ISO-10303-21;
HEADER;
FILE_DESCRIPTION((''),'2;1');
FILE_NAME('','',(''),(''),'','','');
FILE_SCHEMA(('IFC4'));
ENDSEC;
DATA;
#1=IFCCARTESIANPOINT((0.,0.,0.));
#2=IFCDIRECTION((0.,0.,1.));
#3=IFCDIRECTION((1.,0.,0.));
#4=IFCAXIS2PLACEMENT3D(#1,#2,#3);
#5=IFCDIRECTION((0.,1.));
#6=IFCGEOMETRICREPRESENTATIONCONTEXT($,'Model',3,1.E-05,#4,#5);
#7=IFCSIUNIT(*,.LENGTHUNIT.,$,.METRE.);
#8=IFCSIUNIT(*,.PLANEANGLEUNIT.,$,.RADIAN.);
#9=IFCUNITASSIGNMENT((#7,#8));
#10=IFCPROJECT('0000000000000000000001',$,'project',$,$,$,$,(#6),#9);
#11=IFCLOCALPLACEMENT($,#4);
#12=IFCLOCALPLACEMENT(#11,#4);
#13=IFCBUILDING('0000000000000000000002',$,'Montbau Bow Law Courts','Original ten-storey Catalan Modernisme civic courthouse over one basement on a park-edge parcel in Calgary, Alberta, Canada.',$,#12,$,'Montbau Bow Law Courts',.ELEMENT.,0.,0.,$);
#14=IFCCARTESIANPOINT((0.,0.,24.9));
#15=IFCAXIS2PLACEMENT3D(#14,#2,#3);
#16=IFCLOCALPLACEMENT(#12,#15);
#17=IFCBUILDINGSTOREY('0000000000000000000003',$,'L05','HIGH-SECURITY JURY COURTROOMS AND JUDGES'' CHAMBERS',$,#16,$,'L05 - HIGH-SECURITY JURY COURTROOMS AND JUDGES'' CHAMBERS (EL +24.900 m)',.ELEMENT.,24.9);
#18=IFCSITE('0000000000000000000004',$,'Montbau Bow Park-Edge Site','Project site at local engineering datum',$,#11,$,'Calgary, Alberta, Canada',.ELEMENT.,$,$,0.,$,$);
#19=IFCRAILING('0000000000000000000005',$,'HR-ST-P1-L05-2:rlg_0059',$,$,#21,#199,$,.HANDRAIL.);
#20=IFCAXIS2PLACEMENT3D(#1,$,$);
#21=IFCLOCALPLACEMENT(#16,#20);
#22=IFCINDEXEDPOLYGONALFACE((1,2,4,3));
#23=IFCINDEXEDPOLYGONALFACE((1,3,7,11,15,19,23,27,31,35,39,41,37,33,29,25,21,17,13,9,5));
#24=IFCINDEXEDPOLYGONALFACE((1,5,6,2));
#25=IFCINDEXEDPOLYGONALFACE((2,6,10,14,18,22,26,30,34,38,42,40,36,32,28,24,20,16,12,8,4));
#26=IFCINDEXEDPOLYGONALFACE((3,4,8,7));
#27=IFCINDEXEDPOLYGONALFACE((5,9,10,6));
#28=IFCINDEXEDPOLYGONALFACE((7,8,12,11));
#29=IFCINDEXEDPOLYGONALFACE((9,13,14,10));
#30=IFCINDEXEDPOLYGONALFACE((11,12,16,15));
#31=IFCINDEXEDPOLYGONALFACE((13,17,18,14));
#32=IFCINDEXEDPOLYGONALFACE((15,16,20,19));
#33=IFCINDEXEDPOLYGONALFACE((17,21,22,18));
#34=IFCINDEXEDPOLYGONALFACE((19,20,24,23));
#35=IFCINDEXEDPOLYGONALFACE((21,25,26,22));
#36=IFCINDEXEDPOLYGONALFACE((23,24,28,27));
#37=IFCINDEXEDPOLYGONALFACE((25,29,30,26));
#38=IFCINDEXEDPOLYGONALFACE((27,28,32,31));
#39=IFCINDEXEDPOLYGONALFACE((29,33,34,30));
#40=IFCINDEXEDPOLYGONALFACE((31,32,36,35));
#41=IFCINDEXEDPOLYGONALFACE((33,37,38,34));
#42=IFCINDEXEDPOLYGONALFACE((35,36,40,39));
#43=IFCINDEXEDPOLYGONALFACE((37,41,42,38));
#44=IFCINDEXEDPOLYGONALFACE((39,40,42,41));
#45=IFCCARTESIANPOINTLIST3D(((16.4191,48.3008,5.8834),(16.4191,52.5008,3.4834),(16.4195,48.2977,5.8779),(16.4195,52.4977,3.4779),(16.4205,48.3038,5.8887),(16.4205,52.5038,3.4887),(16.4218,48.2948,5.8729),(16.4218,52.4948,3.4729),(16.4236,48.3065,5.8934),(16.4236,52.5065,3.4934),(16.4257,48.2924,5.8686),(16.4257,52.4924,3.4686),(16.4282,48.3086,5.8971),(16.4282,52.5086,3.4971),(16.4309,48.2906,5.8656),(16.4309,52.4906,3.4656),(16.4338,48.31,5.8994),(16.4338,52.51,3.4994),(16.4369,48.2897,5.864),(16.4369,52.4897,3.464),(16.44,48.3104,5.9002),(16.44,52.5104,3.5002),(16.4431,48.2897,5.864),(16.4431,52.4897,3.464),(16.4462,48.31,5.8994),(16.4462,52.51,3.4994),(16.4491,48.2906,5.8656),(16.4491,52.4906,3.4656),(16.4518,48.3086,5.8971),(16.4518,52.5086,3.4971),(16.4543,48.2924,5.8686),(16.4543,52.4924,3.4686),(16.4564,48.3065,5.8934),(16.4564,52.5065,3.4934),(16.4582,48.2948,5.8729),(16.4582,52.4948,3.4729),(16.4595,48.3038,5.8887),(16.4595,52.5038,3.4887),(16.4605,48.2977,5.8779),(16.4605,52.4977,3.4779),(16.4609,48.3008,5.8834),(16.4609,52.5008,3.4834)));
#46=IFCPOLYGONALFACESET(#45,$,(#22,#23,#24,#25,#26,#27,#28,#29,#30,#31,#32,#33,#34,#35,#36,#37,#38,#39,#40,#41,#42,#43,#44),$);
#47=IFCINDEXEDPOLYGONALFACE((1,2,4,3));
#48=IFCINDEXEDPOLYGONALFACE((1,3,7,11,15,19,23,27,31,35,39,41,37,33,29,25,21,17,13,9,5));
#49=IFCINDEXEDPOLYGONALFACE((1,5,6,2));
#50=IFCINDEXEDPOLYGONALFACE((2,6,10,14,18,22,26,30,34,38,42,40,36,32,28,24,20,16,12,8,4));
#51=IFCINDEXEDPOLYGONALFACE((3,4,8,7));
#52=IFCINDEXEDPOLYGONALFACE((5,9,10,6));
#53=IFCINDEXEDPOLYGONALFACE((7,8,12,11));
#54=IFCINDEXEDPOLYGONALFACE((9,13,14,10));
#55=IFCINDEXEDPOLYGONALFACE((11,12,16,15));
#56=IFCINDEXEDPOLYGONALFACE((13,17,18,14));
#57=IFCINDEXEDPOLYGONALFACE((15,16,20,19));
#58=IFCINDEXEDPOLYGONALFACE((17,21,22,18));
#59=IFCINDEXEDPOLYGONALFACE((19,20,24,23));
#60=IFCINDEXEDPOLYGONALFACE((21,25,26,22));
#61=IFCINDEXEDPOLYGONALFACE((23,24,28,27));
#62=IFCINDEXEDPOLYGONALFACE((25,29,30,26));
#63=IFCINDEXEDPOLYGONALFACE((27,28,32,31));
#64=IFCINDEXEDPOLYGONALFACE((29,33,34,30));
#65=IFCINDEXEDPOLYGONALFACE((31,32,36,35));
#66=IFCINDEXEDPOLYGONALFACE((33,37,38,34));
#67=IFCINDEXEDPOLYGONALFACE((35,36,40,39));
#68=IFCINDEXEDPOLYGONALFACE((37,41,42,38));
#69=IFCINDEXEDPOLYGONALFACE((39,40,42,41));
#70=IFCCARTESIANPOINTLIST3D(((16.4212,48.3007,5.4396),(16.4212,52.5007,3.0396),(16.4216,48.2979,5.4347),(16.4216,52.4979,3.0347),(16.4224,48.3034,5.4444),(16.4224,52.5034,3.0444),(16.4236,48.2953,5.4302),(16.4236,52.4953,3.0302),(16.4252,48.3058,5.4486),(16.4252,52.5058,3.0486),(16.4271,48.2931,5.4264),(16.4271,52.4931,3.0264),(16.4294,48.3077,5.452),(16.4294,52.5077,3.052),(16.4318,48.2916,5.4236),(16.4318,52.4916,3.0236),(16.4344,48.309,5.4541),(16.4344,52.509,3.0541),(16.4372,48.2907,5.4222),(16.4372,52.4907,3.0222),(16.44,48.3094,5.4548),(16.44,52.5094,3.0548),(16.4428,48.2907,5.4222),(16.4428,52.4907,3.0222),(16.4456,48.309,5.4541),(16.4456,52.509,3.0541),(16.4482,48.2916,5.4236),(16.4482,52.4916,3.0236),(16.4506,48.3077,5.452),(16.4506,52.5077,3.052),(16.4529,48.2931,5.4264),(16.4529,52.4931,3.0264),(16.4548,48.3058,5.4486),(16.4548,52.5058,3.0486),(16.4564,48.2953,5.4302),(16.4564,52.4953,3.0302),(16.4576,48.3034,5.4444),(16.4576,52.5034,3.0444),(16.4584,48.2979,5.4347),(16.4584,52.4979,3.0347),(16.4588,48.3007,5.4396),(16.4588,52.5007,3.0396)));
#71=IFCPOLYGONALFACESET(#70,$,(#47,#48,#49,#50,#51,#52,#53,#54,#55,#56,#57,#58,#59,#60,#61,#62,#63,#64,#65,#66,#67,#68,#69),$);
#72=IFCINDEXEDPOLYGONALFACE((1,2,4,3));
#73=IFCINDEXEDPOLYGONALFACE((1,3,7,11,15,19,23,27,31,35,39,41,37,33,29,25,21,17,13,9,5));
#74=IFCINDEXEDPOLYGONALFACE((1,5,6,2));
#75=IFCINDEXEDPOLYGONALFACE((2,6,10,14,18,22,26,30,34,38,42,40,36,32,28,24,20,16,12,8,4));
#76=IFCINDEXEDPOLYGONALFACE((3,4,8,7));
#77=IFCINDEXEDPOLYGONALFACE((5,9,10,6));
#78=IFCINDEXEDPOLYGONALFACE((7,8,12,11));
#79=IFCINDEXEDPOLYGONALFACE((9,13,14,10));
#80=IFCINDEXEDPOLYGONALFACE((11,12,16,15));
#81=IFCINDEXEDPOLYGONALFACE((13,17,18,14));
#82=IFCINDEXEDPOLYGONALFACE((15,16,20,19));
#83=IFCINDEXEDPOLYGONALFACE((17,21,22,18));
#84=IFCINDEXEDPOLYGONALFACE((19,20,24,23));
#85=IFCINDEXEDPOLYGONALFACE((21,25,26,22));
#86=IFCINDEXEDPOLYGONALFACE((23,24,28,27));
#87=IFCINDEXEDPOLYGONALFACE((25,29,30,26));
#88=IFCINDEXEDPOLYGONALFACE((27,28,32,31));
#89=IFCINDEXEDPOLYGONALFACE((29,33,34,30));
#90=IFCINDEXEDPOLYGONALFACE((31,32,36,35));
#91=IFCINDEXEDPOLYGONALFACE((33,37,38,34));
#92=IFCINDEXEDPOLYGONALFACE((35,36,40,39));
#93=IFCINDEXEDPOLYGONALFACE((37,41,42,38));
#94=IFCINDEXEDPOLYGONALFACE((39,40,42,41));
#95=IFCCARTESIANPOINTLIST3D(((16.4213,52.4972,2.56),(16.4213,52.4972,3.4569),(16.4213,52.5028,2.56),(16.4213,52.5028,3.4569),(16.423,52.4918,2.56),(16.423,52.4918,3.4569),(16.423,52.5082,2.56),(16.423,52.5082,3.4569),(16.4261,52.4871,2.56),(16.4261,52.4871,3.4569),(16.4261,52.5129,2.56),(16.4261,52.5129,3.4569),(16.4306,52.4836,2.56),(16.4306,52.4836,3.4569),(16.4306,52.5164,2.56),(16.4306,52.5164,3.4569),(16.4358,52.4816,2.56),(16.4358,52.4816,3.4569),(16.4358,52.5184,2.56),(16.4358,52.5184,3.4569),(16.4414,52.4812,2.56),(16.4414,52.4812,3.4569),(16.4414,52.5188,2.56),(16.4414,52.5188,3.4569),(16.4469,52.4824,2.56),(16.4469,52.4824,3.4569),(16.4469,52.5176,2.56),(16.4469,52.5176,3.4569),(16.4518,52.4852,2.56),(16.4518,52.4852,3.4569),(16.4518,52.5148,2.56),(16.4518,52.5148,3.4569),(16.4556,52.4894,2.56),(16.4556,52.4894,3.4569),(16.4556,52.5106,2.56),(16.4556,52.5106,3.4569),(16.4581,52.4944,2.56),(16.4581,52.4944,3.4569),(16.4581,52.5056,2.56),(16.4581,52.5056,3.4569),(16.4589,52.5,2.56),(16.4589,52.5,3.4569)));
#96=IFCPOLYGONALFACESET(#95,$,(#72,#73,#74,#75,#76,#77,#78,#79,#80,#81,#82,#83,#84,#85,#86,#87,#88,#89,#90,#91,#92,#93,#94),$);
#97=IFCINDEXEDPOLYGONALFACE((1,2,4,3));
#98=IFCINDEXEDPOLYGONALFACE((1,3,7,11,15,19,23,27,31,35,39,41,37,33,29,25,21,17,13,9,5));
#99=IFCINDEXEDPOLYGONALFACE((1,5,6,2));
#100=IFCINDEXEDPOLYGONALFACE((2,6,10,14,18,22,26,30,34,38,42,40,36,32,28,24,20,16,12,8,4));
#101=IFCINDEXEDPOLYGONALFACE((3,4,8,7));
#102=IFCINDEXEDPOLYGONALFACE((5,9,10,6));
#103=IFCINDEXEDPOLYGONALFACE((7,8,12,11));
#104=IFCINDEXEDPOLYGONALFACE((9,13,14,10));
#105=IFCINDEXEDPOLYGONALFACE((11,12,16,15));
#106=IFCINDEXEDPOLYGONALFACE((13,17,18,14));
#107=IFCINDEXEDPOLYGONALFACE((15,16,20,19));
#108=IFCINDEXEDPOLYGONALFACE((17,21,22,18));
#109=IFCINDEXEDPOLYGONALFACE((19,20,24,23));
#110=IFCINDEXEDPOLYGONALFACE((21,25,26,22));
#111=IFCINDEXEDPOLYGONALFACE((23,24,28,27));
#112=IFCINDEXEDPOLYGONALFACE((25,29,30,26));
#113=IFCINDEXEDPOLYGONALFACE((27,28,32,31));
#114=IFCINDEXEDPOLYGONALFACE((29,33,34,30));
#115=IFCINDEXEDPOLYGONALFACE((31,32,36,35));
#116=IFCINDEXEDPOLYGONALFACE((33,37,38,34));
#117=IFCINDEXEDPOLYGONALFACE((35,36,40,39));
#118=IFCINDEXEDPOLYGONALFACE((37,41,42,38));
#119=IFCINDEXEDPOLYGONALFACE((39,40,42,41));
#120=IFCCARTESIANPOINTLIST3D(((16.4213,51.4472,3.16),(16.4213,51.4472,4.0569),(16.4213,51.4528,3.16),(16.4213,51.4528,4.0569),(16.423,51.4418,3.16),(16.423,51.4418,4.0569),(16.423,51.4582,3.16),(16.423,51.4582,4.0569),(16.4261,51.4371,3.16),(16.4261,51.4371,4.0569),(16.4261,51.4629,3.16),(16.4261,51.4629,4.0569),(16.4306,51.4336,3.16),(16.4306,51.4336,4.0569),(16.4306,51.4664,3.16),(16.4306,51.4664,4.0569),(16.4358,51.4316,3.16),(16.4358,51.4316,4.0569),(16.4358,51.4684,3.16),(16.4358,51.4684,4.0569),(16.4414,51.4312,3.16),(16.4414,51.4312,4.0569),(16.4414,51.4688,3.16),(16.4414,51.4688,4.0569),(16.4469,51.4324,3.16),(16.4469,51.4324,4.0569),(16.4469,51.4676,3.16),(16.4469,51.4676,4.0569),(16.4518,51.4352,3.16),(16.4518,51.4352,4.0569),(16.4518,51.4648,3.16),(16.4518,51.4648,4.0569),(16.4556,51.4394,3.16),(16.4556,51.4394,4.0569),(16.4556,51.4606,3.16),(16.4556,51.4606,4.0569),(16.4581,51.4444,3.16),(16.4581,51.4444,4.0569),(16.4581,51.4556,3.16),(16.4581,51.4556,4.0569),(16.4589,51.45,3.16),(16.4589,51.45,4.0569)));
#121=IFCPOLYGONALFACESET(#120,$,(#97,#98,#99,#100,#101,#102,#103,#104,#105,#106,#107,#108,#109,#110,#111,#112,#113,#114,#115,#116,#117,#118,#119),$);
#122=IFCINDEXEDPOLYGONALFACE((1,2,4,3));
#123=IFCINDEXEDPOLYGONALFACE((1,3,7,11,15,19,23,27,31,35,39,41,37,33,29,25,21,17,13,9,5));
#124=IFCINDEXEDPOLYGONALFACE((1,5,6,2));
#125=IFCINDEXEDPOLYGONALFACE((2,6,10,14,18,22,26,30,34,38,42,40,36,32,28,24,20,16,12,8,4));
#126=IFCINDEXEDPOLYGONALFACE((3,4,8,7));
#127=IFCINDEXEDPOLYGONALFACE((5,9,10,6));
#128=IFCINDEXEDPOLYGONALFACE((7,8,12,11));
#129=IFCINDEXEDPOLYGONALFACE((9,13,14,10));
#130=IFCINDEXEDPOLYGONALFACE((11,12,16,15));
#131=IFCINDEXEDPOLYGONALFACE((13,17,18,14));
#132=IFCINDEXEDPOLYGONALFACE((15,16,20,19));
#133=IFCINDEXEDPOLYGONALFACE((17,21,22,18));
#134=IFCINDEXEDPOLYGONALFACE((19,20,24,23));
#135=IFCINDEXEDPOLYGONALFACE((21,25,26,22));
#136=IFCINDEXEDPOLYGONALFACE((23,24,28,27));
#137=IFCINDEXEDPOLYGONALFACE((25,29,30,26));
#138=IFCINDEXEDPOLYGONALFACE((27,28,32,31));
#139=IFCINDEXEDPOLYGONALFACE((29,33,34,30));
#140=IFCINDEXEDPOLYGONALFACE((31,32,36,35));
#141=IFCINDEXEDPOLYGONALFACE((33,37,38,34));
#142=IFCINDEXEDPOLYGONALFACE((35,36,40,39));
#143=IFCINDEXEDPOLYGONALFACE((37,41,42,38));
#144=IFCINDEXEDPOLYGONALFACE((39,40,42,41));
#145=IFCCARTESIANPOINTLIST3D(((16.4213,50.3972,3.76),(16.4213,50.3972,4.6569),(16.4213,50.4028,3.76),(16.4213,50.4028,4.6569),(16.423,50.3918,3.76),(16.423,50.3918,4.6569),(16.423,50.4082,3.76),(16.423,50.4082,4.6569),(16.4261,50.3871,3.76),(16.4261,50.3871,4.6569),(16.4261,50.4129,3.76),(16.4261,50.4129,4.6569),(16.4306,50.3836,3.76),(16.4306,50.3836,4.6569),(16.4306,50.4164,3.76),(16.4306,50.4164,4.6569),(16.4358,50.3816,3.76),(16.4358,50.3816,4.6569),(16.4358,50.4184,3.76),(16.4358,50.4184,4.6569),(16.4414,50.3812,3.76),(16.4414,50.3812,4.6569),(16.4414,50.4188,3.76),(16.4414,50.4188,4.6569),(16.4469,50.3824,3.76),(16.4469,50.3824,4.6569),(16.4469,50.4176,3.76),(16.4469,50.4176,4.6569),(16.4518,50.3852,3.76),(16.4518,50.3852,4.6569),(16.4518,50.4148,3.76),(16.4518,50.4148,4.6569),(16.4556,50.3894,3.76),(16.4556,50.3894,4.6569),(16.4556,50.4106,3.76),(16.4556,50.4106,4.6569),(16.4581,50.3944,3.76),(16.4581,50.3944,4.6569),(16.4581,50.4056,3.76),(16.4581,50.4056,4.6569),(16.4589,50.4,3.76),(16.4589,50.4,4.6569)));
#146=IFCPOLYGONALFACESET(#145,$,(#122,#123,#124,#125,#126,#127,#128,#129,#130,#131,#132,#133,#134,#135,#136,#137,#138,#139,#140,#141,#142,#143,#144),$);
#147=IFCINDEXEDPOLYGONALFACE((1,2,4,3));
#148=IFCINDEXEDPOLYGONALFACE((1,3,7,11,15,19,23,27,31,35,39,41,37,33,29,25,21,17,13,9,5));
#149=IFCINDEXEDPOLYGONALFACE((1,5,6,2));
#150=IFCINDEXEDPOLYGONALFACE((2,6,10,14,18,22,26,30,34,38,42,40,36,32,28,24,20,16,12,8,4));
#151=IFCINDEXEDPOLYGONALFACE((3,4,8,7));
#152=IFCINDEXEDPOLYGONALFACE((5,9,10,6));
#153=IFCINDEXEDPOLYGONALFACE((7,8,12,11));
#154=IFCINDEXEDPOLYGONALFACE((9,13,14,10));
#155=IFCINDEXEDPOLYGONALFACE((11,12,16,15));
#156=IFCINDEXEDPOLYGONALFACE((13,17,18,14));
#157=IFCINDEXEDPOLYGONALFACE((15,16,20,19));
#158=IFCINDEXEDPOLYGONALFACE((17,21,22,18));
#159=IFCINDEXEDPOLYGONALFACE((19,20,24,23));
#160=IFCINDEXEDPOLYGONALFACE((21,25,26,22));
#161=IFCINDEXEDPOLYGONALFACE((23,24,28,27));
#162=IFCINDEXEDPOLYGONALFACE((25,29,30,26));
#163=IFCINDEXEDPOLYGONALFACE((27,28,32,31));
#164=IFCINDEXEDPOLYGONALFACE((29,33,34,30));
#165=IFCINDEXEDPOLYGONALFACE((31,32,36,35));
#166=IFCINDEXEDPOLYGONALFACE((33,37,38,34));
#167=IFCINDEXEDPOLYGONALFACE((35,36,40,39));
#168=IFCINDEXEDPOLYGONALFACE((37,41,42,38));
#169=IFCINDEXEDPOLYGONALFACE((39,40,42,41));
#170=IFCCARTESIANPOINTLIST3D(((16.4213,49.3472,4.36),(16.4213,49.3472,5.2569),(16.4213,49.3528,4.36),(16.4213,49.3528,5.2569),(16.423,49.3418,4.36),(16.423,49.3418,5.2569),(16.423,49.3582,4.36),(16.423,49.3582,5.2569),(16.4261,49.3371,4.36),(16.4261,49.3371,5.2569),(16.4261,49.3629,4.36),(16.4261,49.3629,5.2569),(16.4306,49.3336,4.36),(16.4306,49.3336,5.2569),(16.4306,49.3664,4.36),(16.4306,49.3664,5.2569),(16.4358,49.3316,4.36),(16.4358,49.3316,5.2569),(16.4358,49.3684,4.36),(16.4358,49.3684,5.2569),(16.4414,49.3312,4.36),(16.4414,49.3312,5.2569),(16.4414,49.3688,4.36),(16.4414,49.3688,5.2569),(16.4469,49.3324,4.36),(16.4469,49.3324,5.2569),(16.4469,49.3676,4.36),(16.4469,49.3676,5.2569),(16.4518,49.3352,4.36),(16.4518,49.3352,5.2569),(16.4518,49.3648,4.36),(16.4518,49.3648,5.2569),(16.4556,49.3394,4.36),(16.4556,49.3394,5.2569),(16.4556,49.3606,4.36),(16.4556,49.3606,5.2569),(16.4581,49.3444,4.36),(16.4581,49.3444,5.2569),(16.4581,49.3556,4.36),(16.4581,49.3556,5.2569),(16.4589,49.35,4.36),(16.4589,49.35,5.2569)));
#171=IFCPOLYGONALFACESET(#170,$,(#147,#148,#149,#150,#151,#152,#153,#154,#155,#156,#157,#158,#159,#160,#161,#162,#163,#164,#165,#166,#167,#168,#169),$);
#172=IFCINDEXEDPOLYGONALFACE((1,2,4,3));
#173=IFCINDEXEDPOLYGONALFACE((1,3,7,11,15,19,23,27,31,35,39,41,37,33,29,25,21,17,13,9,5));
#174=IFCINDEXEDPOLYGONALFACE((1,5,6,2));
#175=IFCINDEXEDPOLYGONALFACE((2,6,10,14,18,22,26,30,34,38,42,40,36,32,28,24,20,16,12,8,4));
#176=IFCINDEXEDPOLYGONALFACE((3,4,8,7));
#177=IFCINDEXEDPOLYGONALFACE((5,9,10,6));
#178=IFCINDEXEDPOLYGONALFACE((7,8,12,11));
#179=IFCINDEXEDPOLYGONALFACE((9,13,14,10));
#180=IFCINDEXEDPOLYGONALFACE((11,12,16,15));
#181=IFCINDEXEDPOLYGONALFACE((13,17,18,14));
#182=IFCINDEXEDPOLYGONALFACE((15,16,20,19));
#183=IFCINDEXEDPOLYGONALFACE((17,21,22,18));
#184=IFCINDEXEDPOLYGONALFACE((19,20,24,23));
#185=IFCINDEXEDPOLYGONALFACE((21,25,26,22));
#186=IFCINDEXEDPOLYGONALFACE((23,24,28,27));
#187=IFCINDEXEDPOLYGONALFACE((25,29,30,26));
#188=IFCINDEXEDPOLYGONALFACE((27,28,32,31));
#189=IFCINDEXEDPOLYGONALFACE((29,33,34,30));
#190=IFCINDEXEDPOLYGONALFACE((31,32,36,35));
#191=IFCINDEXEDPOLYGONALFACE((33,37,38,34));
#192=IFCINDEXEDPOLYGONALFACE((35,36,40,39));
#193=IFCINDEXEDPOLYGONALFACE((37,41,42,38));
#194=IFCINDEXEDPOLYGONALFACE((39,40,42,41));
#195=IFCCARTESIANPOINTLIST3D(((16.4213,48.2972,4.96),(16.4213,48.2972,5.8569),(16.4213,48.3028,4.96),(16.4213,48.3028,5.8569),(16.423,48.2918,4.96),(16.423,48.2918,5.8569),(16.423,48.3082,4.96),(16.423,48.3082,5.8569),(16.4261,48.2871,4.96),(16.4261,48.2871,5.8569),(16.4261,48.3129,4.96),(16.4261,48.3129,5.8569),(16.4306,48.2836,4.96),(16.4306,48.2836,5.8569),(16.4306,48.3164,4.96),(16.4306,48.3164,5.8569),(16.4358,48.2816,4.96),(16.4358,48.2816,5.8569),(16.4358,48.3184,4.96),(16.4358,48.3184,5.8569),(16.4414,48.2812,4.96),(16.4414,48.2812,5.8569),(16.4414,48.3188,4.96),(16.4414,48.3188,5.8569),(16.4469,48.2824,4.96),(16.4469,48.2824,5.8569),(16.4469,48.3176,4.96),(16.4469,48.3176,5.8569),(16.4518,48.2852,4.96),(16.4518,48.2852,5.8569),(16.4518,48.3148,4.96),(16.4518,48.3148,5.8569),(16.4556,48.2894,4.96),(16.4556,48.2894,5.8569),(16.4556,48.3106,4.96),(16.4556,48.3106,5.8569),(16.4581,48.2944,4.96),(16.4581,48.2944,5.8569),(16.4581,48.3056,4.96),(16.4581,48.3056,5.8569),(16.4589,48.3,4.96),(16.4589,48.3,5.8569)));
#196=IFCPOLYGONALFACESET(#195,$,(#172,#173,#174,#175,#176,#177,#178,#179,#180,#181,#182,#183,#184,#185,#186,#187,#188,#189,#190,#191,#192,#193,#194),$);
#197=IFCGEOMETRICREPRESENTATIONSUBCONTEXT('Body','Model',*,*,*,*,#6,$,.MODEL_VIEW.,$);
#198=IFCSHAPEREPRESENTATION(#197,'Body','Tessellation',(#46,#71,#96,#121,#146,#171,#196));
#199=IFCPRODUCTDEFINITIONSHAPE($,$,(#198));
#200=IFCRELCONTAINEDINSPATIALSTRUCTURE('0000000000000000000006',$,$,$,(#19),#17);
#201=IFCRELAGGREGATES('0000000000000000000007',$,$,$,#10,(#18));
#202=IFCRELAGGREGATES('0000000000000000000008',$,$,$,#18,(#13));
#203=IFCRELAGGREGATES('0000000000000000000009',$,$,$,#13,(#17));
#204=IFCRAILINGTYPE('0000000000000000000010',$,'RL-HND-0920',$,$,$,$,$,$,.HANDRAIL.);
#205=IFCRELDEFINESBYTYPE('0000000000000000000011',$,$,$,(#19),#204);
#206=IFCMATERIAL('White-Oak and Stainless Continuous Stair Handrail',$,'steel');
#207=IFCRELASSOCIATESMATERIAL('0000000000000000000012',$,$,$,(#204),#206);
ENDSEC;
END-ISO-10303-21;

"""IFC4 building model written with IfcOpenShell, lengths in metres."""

from ifc_helpers import new_model, si_unit, direction, frame, origin_with_axes, origin_2d_with_axis, place, context, subcontext, project, spatial, circle, extrude, material, type_object, element, save


model = new_model("IFC4")

# Units and contexts
model_context = context("Model", 3, precision=1e-05, world=origin_with_axes(), true_north=direction((0.0, 1.0)))
body_context = subcontext(model_context, "Body", "Model", "MODEL_VIEW")
ifc_project = project(units=[si_unit("LENGTHUNIT", "METRE"), si_unit("PLANEANGLEUNIT", "RADIAN")], contexts=[model_context])

# Site, building, storey
site_placement = place(None, origin_with_axes())
site = spatial("IfcSite", under=ifc_project, at=site_placement, Name="Montbau Bow Park-Edge Site", Description="Project site at local engineering datum", LongName="Calgary, Alberta, Canada", CompositionType="ELEMENT", RefElevation=0.0)
building_placement = place(site_placement, origin_with_axes())
building = spatial("IfcBuilding", under=site, at=building_placement, Name="Montbau Bow Law Courts", Description="Original ten-storey Catalan Modernisme civic courthouse over one basement on a park-edge parcel in Calgary, Alberta, Canada.", LongName="Montbau Bow Law Courts", CompositionType="ELEMENT", ElevationOfRefHeight=0.0, ElevationOfTerrain=0.0)
storey_placement = place(building_placement, frame((0.0, 0.0, 24.9), z_axis=(0.0, 0.0, 1.0), x_axis=(1.0, 0.0, 0.0)))
storey = spatial("IfcBuildingStorey", under=building, at=storey_placement, Name="L05", Description="HIGH-SECURITY JURY COURTROOMS AND JUDGES' CHAMBERS", LongName="L05 - HIGH-SECURITY JURY COURTROOMS AND JUDGES' CHAMBERS (EL +24.900 m)", CompositionType="ELEMENT", Elevation=24.9)

# Railing
ifc_material_1 = material(Name="White-Oak and Stainless Continuous Stair Handrail", Category="steel")
railing_type_1 = type_object("IfcRailingType", Name="RL-HND-0920", PredefinedType="HANDRAIL", material=ifc_material_1)
railing_1_placement = place(None, origin_with_axes())
element("IfcRailing", 1, at=railing_1_placement, inside=storey, type_object=railing_type_1, Name="HR-ST-P1-L05-2:rlg_0059", PredefinedType="HANDRAIL", context=body_context, shape_type="SweptSolid", body=[
    extrude(circle(Radius=0.021, at=origin_2d_with_axis()), frame((16.44, 52.5, 28.382), z_axis=(0.0, -0.868243, 0.496139), x_axis=(0.0, 0.496139, 0.868243)), (0.0, 0.0, 1.0), 4.8374),
    extrude(circle(Radius=0.0189, at=origin_2d_with_axis()), frame((16.44, 52.5, 27.9384), z_axis=(0.0, -0.868243, 0.496139), x_axis=(0.0, 0.496139, 0.868243)), (0.0, 0.0, 1.0), 4.8374),
    extrude(circle(Radius=0.0189, at=origin_2d_with_axis()), frame((16.44, 52.5, 27.46), z_axis=(0.0, 0.0, 1.0), x_axis=(1.0, 0.0, 0.0)), (0.0, 0.0, 1.0), 0.8969),
    extrude(circle(Radius=0.0189, at=origin_2d_with_axis()), frame((16.44, 51.45, 28.06), z_axis=(0.0, 0.0, 1.0), x_axis=(1.0, 0.0, 0.0)), (0.0, 0.0, 1.0), 0.8969),
    extrude(circle(Radius=0.0189, at=origin_2d_with_axis()), frame((16.44, 50.4, 28.66), z_axis=(0.0, 0.0, 1.0), x_axis=(1.0, 0.0, 0.0)), (0.0, 0.0, 1.0), 0.8969),
    extrude(circle(Radius=0.0189, at=origin_2d_with_axis()), frame((16.44, 49.35, 29.26), z_axis=(0.0, 0.0, 1.0), x_axis=(1.0, 0.0, 0.0)), (0.0, 0.0, 1.0), 0.8969),
    extrude(circle(Radius=0.0189, at=origin_2d_with_axis()), frame((16.44, 48.3, 29.86), z_axis=(0.0, 0.0, 1.0), x_axis=(1.0, 0.0, 0.0)), (0.0, 0.0, 1.0), 0.8969),
])

save(model, "model.ifc")
